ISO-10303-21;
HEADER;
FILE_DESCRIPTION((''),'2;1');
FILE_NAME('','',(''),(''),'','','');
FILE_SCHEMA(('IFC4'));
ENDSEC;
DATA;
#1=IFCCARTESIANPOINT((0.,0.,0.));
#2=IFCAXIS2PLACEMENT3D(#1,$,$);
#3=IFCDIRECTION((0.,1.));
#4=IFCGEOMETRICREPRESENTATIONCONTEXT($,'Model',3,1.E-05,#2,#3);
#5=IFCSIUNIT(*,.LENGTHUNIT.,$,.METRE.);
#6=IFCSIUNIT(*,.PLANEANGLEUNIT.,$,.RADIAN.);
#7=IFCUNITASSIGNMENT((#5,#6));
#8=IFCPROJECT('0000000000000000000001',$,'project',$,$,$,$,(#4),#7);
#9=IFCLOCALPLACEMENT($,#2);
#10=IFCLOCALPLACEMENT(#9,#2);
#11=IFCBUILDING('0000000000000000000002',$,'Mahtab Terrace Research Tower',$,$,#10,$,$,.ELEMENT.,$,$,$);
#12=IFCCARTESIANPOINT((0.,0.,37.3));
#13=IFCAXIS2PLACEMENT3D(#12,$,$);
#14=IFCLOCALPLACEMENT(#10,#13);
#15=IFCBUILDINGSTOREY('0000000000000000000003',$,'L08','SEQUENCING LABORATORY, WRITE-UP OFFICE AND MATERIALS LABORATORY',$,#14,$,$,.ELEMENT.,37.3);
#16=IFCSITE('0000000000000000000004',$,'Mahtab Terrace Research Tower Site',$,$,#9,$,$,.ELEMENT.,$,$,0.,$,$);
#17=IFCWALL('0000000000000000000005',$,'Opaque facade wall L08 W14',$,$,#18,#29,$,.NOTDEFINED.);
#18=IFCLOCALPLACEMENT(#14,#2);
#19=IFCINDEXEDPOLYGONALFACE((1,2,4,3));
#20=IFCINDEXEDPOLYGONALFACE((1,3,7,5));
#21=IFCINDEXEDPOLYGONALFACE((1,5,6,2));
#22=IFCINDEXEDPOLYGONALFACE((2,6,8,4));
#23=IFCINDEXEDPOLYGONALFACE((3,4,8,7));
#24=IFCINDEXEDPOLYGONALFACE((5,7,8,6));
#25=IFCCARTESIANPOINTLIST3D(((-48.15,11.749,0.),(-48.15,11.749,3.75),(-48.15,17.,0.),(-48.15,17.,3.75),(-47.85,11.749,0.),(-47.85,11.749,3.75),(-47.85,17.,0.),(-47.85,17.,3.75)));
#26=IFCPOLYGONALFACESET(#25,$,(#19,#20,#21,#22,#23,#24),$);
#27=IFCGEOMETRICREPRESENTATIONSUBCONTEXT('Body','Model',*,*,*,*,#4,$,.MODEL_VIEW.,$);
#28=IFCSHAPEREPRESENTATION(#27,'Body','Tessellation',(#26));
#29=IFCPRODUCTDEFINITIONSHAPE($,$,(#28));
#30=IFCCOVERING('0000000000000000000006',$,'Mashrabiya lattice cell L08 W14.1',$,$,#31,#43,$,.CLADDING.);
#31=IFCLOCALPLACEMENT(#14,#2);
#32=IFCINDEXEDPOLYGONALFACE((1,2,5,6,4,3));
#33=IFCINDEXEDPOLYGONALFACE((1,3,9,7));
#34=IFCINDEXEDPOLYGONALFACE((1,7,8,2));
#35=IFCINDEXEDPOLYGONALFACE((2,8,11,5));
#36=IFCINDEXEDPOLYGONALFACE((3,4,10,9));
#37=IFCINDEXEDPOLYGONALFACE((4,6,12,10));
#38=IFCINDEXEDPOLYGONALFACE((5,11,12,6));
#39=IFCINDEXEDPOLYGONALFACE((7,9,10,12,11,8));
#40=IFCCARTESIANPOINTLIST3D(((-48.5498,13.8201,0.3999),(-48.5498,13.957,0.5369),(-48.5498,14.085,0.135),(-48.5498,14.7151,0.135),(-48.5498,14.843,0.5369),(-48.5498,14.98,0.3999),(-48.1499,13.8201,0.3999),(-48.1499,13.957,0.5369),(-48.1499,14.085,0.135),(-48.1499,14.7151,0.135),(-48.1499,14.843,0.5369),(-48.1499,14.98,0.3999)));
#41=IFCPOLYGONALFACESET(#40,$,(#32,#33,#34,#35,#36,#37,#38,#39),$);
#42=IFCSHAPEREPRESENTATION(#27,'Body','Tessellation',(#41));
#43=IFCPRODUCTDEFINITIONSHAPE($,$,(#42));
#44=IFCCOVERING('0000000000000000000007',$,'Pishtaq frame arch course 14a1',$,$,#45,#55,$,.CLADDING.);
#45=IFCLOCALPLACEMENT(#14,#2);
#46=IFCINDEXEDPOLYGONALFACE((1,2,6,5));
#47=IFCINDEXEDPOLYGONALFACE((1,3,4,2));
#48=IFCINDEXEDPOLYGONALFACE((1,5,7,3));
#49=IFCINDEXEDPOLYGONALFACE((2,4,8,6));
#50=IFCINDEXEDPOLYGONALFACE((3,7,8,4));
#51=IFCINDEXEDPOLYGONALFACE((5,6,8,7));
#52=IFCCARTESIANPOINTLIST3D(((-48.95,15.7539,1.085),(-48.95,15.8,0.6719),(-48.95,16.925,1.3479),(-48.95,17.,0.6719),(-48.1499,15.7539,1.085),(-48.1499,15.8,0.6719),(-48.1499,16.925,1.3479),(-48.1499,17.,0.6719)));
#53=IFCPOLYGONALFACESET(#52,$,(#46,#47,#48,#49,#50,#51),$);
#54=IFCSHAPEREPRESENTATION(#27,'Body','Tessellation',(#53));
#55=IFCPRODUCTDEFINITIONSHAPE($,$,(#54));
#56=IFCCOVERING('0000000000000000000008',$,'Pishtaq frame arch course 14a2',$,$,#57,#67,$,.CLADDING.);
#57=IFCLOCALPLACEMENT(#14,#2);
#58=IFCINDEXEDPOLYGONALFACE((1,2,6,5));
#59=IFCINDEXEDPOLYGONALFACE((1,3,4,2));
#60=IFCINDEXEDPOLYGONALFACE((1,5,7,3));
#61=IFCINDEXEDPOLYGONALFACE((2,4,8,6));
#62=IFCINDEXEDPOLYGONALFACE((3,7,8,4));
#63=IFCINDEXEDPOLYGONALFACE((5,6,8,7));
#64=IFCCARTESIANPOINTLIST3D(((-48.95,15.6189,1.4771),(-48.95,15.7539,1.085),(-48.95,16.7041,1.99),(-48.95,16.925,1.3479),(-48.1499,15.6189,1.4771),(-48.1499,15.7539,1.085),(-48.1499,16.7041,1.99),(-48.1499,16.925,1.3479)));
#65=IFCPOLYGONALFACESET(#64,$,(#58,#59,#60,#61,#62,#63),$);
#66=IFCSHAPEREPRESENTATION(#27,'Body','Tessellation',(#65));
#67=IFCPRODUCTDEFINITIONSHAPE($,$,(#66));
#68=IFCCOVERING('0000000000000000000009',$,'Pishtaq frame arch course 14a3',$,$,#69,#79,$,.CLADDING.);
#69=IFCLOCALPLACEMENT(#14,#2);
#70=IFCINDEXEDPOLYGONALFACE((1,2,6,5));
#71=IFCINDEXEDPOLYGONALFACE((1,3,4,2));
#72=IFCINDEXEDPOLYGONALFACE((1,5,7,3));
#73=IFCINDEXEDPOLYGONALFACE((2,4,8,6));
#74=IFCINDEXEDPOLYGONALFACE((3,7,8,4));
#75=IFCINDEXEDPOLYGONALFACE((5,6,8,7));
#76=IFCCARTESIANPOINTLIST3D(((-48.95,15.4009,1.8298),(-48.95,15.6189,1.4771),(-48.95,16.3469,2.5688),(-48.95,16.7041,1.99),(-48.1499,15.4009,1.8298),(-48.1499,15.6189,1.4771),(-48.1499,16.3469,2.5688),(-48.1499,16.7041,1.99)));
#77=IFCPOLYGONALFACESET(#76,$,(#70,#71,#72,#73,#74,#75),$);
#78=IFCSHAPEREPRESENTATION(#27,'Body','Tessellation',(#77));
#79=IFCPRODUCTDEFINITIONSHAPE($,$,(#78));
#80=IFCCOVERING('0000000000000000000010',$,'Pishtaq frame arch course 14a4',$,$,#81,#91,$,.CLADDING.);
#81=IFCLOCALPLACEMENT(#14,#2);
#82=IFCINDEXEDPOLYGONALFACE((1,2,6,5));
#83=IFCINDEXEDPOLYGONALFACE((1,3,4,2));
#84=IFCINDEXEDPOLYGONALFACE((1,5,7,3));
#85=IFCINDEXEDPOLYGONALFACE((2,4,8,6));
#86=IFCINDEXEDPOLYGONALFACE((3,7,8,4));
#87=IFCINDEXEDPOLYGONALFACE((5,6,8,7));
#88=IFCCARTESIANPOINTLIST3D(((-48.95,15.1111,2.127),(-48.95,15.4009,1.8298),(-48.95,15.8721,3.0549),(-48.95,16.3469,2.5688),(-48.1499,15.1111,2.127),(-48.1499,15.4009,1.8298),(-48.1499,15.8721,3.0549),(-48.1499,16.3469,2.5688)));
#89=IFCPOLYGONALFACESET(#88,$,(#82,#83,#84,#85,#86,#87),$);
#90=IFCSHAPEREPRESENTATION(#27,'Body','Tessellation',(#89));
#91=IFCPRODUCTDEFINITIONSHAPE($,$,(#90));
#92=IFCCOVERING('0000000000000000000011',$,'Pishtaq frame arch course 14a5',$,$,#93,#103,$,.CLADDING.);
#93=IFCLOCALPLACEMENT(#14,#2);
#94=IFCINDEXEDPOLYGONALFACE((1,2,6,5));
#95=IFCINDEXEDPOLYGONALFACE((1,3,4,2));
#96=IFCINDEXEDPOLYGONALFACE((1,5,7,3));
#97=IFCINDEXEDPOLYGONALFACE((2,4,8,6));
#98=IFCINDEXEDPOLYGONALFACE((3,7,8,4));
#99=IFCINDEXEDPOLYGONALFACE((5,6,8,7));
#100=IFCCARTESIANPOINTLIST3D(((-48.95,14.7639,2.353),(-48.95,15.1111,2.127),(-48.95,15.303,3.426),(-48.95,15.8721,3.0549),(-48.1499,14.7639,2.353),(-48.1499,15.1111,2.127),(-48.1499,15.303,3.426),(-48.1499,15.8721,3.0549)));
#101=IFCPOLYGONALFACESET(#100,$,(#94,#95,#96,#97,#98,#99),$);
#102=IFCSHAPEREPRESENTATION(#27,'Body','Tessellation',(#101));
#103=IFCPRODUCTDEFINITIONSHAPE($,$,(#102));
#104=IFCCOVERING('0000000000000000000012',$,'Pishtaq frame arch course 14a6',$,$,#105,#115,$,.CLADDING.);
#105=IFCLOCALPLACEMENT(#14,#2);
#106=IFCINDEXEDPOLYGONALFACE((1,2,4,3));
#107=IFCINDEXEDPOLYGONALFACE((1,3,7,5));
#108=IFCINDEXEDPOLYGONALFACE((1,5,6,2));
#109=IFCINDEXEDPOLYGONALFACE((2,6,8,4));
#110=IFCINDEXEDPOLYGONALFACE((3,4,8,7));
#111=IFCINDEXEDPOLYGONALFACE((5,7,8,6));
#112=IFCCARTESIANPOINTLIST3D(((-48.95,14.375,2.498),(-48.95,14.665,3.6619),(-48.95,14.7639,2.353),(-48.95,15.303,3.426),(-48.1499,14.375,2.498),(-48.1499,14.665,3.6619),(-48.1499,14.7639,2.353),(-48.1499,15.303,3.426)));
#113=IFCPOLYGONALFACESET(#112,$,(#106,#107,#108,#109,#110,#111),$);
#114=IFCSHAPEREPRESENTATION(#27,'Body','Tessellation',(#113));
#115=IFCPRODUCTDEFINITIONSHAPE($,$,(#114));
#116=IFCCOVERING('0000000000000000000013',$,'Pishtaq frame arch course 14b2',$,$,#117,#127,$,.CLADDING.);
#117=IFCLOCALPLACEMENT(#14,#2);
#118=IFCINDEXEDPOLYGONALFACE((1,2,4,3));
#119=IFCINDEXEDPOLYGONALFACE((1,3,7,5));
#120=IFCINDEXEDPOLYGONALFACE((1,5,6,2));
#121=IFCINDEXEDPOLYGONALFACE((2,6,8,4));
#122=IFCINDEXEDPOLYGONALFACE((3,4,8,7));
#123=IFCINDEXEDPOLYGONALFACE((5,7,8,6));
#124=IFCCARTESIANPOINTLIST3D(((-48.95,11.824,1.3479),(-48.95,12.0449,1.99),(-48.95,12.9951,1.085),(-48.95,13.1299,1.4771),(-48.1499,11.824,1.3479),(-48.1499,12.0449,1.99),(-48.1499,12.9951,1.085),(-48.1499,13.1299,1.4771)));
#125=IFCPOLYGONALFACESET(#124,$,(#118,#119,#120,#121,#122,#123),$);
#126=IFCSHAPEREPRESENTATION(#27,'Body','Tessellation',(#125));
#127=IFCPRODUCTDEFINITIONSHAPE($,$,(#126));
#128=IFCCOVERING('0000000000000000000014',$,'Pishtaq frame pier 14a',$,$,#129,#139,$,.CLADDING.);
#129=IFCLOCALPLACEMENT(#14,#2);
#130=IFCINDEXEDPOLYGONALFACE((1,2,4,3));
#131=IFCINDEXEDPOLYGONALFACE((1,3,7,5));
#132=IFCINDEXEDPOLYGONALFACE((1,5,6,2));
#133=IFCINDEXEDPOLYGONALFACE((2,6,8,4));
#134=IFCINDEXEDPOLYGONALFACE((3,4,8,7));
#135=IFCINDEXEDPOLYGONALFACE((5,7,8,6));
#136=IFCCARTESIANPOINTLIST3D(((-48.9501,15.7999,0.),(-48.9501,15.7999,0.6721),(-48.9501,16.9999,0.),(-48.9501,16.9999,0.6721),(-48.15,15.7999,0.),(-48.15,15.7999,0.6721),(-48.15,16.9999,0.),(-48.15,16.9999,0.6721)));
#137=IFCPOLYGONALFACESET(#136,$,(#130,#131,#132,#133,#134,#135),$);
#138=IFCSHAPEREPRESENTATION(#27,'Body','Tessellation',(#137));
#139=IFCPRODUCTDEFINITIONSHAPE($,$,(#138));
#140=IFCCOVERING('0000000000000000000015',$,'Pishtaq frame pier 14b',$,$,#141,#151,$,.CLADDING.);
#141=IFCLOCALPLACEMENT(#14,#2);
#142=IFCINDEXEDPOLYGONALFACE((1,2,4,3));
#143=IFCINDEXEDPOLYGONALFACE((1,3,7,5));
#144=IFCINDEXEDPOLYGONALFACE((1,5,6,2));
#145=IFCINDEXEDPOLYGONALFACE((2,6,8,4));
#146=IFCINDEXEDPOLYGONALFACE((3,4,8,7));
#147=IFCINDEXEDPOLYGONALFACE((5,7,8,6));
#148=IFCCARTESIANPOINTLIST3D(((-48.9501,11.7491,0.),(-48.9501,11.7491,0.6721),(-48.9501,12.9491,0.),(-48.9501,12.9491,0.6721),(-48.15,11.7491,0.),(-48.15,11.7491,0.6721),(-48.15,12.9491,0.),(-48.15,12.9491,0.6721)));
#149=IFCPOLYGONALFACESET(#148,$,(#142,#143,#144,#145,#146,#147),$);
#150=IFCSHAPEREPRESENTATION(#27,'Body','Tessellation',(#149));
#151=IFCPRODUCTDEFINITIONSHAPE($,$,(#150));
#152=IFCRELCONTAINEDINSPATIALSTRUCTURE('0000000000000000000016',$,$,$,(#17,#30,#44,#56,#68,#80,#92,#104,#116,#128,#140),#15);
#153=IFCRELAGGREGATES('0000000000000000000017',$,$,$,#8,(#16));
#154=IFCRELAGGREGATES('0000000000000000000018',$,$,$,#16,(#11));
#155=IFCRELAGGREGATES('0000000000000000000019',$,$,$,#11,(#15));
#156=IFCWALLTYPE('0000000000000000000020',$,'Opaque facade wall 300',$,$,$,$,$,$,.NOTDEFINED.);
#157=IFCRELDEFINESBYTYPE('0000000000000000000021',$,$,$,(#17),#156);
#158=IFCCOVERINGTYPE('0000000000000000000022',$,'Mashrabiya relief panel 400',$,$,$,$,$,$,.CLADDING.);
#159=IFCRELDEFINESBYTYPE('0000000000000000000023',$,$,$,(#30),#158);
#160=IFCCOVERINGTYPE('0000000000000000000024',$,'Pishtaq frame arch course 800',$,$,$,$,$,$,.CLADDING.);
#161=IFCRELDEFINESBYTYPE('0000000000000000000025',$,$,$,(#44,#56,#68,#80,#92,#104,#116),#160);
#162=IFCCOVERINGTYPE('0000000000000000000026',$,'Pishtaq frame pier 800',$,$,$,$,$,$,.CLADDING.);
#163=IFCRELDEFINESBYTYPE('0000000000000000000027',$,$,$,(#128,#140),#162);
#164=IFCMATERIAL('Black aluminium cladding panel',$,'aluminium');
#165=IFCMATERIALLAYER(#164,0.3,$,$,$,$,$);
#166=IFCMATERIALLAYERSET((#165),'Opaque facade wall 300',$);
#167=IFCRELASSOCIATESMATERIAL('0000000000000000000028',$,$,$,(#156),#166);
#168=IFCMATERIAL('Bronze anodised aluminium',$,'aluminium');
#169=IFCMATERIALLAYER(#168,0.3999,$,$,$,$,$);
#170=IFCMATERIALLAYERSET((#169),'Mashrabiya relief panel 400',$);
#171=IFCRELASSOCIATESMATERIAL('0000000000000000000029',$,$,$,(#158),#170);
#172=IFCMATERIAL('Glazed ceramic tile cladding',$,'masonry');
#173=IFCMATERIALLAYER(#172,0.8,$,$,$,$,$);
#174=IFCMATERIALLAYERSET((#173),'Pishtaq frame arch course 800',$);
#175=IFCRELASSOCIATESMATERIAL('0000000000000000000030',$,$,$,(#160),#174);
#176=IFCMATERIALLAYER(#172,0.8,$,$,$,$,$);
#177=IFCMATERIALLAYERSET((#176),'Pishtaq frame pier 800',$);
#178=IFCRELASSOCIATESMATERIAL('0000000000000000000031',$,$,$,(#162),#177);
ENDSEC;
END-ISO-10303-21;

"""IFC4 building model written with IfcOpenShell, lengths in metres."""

from ifc_helpers import new_model, si_unit, direction, frame, frame_2d, origin, origin_2d, place, context, subcontext, project, spatial, polyline, rectangle, outline, extrude, material, layer, layer_set, type_object, element, save


model = new_model("IFC4")

# Units and contexts
model_context = context("Model", 3, precision=1e-05, world=origin(), true_north=direction((0.0, 1.0)))
body_context = subcontext(model_context, "Body", "Model", "MODEL_VIEW")
ifc_project = project(units=[si_unit("LENGTHUNIT", "METRE"), si_unit("PLANEANGLEUNIT", "RADIAN")], contexts=[model_context])

# Site, building, storey
site_placement = place(None, origin())
site = spatial("IfcSite", under=ifc_project, at=site_placement, Name="Mahtab Terrace Research Tower Site", CompositionType="ELEMENT", RefElevation=0.0)
building_placement = place(site_placement, origin())
building = spatial("IfcBuilding", under=site, at=building_placement, Name="Mahtab Terrace Research Tower", CompositionType="ELEMENT")
storey_placement = place(building_placement, frame((0.0, 0.0, 37.3)))
storey = spatial("IfcBuildingStorey", under=building, at=storey_placement, Name="L08", Description="SEQUENCING LABORATORY, WRITE-UP OFFICE AND MATERIALS LABORATORY", CompositionType="ELEMENT", Elevation=37.3)

# Wall
ifc_material_1 = material(Name="Black aluminium cladding panel", Category="aluminium")
ifc_layer_1 = layer(ifc_material_1, 0.3)
ifc_layer_set_1 = layer_set([ifc_layer_1], Name="Opaque facade wall 300")
wall_type = type_object("IfcWallType", Name="Opaque facade wall 300", PredefinedType="NOTDEFINED", material=ifc_layer_set_1)
wall_placement = place(storey_placement, frame((-48.0, 17.0, 0.0), z_axis=(0.0, 0.0, 1.0), x_axis=(0.0, -1.0, 0.0)))
element("IfcWall", 1, at=wall_placement, inside=storey, type_object=wall_type, Name="Opaque facade wall L08 W14", PredefinedType="NOTDEFINED", context=body_context, shape_type="SweptSolid", body=[
    extrude(rectangle(XDim=5.251, YDim=0.3, at=frame_2d((2.6255, 0.0))), origin(), (0.0, 0.0, 1.0), 3.75),
])

# Coverings
ifc_material_2 = material(Name="Bronze anodised aluminium", Category="aluminium")
ifc_layer_2 = layer(ifc_material_2, 0.3999)
ifc_layer_set_2 = layer_set([ifc_layer_2], Name="Mashrabiya relief panel 400")
covering_type_1 = type_object("IfcCoveringType", Name="Mashrabiya relief panel 400", PredefinedType="CLADDING", material=ifc_layer_set_2)
covering_1_placement = place(storey_placement, frame((-48.1499, 14.98, 0.3999), z_axis=(1.0, 0.0, 0.0), x_axis=(0.0, -0.707107, 0.707107)))
element("IfcCovering", 2, at=covering_1_placement, inside=storey, type_object=covering_type_1, Name="Mashrabiya lattice cell L08 W14.1", PredefinedType="CLADDING", context=body_context, shape_type="SweptSolid", body=[
    extrude(outline(polyline([(0.0, 0.0), (0.1937, 0.0), (0.8202, 0.6265), (0.8202, 0.8202), (0.4456, 0.8202), (0.0, 0.3746), (0.0, 0.0)])), origin(), (0.0, 0.0, -1.0), 0.3999),
])
ifc_material_3 = material(Name="Glazed ceramic tile cladding", Category="masonry")
ifc_layer_3 = layer(ifc_material_3, 0.8)
ifc_layer_set_3 = layer_set([ifc_layer_3], Name="Pishtaq frame arch course 800")
covering_type_2 = type_object("IfcCoveringType", Name="Pishtaq frame arch course 800", PredefinedType="CLADDING", material=ifc_layer_set_3)
covering_2_placement = place(storey_placement, frame((-48.1499, 17.0, 0.6719), z_axis=(1.0, 0.0, 0.0), x_axis=(0.0, -0.110195, 0.99391)))
element("IfcCovering", 3, at=covering_2_placement, inside=storey, type_object=covering_type_2, Name="Pishtaq frame arch course 14a1", PredefinedType="CLADDING", context=body_context, shape_type="SweptSolid", body=[
    extrude(outline(polyline([(0.0, 0.0), (0.6802, 0.0), (0.5479, 1.193), (0.1322, 1.1926), (0.0, 0.0)])), origin(), (0.0, 0.0, -1.0), 0.8),
])
covering_3_placement = place(storey_placement, frame((-48.1499, 16.925, 1.3479), z_axis=(1.0, 0.0, 0.0), x_axis=(0.0, -0.325381, 0.945583)))
element("IfcCovering", 4, at=covering_3_placement, inside=storey, type_object=covering_type_2, Name="Pishtaq frame arch course 14a2", PredefinedType="CLADDING", context=body_context, shape_type="SweptSolid", body=[
    extrude(outline(polyline([(0.0, 0.0), (0.679, 0.0), (0.5471, 1.1931), (0.1324, 1.193), (0.0, 0.0)])), origin(), (0.0, 0.0, -1.0), 0.8),
])
covering_4_placement = place(storey_placement, frame((-48.1499, 16.7041, 1.99), z_axis=(1.0, 0.0, 0.0), x_axis=(0.0, -0.525118, 0.851029)))
element("IfcCovering", 5, at=covering_4_placement, inside=storey, type_object=covering_type_2, Name="Pishtaq frame arch course 14a3", PredefinedType="CLADDING", context=body_context, shape_type="SweptSolid", body=[
    extrude(outline(polyline([(0.0, 0.0), (0.6802, 0.0), (0.548, 1.1932), (0.1333, 1.1929), (0.0, 0.0)])), origin(), (0.0, 0.0, -1.0), 0.8),
])
covering_5_placement = place(storey_placement, frame((-48.1499, 16.3469, 2.5688), z_axis=(1.0, 0.0, 0.0), x_axis=(0.0, -0.698795, 0.715322)))
element("IfcCovering", 6, at=covering_5_placement, inside=storey, type_object=covering_type_2, Name="Pishtaq frame arch course 14a4", PredefinedType="CLADDING", context=body_context, shape_type="SweptSolid", body=[
    extrude(outline(polyline([(0.0, 0.0), (0.6795, 0.0), (0.5475, 1.1928), (0.1325, 1.1931), (0.0, 0.0)])), origin(), (0.0, 0.0, -1.0), 0.8),
])
covering_6_placement = place(storey_placement, frame((-48.1499, 15.8721, 3.0549), z_axis=(1.0, 0.0, 0.0), x_axis=(0.0, -0.837646, 0.546213)))
element("IfcCovering", 7, at=covering_6_placement, inside=storey, type_object=covering_type_2, Name="Pishtaq frame arch course 14a5", PredefinedType="CLADDING", context=body_context, shape_type="SweptSolid", body=[
    extrude(outline(polyline([(0.0, 0.0), (0.6794, 0.0), (0.5449, 1.1932), (0.1306, 1.193), (0.0, 0.0)])), origin(), (0.0, 0.0, -1.0), 0.8),
])
covering_7_placement = place(storey_placement, frame((-48.1499, 15.303, 3.426), z_axis=(1.0, 0.0, 0.0), x_axis=(0.0, -0.937956, 0.346753)))
element("IfcCovering", 8, at=covering_7_placement, inside=storey, type_object=covering_type_2, Name="Pishtaq frame arch course 14a6", PredefinedType="CLADDING", context=body_context, shape_type="SweptSolid", body=[
    extrude(outline(polyline([(0.0, 0.0), (0.6801, 0.0), (0.5486, 1.1922), (0.1336, 1.1933), (0.0, 0.0)])), origin(), (0.0, 0.0, -1.0), 0.8),
])
covering_8_placement = place(storey_placement, frame((-48.1499, 12.9951, 1.085), z_axis=(1.0, 0.0, 0.0), x_axis=(0.0, 0.325047, 0.945698)))
element("IfcCovering", 9, at=covering_8_placement, inside=storey, type_object=covering_type_2, Name="Pishtaq frame arch course 14b2", PredefinedType="CLADDING", context=body_context, shape_type="SweptSolid", body=[
    extrude(outline(polyline([(0.0, 0.0), (0.4146, 0.0), (0.547, 1.1928), (-0.132, 1.193), (0.0, 0.0)])), origin(), (0.0, 0.0, -1.0), 0.8),
])
ifc_layer_4 = layer(ifc_material_3, 0.8)
ifc_layer_set_4 = layer_set([ifc_layer_4], Name="Pishtaq frame pier 800")
covering_type_3 = type_object("IfcCoveringType", Name="Pishtaq frame pier 800", PredefinedType="CLADDING", material=ifc_layer_set_4)
for number, where, z_axis, x_axis, name in (
    (10, (-48.55, 16.3999, 0.0), (0.0, 0.0, 1.0), (0.0, -1.0, 0.0), "Pishtaq frame pier 14a"),
    (11, (-48.55, 12.3491, 0.0), (0.0, 0.0, 1.0), (0.0, -1.0, 0.0), "Pishtaq frame pier 14b"),
):
    element("IfcCovering", number, at=place(storey_placement, frame(where, z_axis=z_axis, x_axis=x_axis)), inside=storey, type_object=covering_type_3, Name=name, PredefinedType="CLADDING", context=body_context, shape_type="SweptSolid", body=[
        extrude(rectangle(XDim=1.2, YDim=0.8, at=origin_2d()), origin(), (0.0, 0.0, 1.0), 0.6721),
    ])

save(model, "model.ifc")
